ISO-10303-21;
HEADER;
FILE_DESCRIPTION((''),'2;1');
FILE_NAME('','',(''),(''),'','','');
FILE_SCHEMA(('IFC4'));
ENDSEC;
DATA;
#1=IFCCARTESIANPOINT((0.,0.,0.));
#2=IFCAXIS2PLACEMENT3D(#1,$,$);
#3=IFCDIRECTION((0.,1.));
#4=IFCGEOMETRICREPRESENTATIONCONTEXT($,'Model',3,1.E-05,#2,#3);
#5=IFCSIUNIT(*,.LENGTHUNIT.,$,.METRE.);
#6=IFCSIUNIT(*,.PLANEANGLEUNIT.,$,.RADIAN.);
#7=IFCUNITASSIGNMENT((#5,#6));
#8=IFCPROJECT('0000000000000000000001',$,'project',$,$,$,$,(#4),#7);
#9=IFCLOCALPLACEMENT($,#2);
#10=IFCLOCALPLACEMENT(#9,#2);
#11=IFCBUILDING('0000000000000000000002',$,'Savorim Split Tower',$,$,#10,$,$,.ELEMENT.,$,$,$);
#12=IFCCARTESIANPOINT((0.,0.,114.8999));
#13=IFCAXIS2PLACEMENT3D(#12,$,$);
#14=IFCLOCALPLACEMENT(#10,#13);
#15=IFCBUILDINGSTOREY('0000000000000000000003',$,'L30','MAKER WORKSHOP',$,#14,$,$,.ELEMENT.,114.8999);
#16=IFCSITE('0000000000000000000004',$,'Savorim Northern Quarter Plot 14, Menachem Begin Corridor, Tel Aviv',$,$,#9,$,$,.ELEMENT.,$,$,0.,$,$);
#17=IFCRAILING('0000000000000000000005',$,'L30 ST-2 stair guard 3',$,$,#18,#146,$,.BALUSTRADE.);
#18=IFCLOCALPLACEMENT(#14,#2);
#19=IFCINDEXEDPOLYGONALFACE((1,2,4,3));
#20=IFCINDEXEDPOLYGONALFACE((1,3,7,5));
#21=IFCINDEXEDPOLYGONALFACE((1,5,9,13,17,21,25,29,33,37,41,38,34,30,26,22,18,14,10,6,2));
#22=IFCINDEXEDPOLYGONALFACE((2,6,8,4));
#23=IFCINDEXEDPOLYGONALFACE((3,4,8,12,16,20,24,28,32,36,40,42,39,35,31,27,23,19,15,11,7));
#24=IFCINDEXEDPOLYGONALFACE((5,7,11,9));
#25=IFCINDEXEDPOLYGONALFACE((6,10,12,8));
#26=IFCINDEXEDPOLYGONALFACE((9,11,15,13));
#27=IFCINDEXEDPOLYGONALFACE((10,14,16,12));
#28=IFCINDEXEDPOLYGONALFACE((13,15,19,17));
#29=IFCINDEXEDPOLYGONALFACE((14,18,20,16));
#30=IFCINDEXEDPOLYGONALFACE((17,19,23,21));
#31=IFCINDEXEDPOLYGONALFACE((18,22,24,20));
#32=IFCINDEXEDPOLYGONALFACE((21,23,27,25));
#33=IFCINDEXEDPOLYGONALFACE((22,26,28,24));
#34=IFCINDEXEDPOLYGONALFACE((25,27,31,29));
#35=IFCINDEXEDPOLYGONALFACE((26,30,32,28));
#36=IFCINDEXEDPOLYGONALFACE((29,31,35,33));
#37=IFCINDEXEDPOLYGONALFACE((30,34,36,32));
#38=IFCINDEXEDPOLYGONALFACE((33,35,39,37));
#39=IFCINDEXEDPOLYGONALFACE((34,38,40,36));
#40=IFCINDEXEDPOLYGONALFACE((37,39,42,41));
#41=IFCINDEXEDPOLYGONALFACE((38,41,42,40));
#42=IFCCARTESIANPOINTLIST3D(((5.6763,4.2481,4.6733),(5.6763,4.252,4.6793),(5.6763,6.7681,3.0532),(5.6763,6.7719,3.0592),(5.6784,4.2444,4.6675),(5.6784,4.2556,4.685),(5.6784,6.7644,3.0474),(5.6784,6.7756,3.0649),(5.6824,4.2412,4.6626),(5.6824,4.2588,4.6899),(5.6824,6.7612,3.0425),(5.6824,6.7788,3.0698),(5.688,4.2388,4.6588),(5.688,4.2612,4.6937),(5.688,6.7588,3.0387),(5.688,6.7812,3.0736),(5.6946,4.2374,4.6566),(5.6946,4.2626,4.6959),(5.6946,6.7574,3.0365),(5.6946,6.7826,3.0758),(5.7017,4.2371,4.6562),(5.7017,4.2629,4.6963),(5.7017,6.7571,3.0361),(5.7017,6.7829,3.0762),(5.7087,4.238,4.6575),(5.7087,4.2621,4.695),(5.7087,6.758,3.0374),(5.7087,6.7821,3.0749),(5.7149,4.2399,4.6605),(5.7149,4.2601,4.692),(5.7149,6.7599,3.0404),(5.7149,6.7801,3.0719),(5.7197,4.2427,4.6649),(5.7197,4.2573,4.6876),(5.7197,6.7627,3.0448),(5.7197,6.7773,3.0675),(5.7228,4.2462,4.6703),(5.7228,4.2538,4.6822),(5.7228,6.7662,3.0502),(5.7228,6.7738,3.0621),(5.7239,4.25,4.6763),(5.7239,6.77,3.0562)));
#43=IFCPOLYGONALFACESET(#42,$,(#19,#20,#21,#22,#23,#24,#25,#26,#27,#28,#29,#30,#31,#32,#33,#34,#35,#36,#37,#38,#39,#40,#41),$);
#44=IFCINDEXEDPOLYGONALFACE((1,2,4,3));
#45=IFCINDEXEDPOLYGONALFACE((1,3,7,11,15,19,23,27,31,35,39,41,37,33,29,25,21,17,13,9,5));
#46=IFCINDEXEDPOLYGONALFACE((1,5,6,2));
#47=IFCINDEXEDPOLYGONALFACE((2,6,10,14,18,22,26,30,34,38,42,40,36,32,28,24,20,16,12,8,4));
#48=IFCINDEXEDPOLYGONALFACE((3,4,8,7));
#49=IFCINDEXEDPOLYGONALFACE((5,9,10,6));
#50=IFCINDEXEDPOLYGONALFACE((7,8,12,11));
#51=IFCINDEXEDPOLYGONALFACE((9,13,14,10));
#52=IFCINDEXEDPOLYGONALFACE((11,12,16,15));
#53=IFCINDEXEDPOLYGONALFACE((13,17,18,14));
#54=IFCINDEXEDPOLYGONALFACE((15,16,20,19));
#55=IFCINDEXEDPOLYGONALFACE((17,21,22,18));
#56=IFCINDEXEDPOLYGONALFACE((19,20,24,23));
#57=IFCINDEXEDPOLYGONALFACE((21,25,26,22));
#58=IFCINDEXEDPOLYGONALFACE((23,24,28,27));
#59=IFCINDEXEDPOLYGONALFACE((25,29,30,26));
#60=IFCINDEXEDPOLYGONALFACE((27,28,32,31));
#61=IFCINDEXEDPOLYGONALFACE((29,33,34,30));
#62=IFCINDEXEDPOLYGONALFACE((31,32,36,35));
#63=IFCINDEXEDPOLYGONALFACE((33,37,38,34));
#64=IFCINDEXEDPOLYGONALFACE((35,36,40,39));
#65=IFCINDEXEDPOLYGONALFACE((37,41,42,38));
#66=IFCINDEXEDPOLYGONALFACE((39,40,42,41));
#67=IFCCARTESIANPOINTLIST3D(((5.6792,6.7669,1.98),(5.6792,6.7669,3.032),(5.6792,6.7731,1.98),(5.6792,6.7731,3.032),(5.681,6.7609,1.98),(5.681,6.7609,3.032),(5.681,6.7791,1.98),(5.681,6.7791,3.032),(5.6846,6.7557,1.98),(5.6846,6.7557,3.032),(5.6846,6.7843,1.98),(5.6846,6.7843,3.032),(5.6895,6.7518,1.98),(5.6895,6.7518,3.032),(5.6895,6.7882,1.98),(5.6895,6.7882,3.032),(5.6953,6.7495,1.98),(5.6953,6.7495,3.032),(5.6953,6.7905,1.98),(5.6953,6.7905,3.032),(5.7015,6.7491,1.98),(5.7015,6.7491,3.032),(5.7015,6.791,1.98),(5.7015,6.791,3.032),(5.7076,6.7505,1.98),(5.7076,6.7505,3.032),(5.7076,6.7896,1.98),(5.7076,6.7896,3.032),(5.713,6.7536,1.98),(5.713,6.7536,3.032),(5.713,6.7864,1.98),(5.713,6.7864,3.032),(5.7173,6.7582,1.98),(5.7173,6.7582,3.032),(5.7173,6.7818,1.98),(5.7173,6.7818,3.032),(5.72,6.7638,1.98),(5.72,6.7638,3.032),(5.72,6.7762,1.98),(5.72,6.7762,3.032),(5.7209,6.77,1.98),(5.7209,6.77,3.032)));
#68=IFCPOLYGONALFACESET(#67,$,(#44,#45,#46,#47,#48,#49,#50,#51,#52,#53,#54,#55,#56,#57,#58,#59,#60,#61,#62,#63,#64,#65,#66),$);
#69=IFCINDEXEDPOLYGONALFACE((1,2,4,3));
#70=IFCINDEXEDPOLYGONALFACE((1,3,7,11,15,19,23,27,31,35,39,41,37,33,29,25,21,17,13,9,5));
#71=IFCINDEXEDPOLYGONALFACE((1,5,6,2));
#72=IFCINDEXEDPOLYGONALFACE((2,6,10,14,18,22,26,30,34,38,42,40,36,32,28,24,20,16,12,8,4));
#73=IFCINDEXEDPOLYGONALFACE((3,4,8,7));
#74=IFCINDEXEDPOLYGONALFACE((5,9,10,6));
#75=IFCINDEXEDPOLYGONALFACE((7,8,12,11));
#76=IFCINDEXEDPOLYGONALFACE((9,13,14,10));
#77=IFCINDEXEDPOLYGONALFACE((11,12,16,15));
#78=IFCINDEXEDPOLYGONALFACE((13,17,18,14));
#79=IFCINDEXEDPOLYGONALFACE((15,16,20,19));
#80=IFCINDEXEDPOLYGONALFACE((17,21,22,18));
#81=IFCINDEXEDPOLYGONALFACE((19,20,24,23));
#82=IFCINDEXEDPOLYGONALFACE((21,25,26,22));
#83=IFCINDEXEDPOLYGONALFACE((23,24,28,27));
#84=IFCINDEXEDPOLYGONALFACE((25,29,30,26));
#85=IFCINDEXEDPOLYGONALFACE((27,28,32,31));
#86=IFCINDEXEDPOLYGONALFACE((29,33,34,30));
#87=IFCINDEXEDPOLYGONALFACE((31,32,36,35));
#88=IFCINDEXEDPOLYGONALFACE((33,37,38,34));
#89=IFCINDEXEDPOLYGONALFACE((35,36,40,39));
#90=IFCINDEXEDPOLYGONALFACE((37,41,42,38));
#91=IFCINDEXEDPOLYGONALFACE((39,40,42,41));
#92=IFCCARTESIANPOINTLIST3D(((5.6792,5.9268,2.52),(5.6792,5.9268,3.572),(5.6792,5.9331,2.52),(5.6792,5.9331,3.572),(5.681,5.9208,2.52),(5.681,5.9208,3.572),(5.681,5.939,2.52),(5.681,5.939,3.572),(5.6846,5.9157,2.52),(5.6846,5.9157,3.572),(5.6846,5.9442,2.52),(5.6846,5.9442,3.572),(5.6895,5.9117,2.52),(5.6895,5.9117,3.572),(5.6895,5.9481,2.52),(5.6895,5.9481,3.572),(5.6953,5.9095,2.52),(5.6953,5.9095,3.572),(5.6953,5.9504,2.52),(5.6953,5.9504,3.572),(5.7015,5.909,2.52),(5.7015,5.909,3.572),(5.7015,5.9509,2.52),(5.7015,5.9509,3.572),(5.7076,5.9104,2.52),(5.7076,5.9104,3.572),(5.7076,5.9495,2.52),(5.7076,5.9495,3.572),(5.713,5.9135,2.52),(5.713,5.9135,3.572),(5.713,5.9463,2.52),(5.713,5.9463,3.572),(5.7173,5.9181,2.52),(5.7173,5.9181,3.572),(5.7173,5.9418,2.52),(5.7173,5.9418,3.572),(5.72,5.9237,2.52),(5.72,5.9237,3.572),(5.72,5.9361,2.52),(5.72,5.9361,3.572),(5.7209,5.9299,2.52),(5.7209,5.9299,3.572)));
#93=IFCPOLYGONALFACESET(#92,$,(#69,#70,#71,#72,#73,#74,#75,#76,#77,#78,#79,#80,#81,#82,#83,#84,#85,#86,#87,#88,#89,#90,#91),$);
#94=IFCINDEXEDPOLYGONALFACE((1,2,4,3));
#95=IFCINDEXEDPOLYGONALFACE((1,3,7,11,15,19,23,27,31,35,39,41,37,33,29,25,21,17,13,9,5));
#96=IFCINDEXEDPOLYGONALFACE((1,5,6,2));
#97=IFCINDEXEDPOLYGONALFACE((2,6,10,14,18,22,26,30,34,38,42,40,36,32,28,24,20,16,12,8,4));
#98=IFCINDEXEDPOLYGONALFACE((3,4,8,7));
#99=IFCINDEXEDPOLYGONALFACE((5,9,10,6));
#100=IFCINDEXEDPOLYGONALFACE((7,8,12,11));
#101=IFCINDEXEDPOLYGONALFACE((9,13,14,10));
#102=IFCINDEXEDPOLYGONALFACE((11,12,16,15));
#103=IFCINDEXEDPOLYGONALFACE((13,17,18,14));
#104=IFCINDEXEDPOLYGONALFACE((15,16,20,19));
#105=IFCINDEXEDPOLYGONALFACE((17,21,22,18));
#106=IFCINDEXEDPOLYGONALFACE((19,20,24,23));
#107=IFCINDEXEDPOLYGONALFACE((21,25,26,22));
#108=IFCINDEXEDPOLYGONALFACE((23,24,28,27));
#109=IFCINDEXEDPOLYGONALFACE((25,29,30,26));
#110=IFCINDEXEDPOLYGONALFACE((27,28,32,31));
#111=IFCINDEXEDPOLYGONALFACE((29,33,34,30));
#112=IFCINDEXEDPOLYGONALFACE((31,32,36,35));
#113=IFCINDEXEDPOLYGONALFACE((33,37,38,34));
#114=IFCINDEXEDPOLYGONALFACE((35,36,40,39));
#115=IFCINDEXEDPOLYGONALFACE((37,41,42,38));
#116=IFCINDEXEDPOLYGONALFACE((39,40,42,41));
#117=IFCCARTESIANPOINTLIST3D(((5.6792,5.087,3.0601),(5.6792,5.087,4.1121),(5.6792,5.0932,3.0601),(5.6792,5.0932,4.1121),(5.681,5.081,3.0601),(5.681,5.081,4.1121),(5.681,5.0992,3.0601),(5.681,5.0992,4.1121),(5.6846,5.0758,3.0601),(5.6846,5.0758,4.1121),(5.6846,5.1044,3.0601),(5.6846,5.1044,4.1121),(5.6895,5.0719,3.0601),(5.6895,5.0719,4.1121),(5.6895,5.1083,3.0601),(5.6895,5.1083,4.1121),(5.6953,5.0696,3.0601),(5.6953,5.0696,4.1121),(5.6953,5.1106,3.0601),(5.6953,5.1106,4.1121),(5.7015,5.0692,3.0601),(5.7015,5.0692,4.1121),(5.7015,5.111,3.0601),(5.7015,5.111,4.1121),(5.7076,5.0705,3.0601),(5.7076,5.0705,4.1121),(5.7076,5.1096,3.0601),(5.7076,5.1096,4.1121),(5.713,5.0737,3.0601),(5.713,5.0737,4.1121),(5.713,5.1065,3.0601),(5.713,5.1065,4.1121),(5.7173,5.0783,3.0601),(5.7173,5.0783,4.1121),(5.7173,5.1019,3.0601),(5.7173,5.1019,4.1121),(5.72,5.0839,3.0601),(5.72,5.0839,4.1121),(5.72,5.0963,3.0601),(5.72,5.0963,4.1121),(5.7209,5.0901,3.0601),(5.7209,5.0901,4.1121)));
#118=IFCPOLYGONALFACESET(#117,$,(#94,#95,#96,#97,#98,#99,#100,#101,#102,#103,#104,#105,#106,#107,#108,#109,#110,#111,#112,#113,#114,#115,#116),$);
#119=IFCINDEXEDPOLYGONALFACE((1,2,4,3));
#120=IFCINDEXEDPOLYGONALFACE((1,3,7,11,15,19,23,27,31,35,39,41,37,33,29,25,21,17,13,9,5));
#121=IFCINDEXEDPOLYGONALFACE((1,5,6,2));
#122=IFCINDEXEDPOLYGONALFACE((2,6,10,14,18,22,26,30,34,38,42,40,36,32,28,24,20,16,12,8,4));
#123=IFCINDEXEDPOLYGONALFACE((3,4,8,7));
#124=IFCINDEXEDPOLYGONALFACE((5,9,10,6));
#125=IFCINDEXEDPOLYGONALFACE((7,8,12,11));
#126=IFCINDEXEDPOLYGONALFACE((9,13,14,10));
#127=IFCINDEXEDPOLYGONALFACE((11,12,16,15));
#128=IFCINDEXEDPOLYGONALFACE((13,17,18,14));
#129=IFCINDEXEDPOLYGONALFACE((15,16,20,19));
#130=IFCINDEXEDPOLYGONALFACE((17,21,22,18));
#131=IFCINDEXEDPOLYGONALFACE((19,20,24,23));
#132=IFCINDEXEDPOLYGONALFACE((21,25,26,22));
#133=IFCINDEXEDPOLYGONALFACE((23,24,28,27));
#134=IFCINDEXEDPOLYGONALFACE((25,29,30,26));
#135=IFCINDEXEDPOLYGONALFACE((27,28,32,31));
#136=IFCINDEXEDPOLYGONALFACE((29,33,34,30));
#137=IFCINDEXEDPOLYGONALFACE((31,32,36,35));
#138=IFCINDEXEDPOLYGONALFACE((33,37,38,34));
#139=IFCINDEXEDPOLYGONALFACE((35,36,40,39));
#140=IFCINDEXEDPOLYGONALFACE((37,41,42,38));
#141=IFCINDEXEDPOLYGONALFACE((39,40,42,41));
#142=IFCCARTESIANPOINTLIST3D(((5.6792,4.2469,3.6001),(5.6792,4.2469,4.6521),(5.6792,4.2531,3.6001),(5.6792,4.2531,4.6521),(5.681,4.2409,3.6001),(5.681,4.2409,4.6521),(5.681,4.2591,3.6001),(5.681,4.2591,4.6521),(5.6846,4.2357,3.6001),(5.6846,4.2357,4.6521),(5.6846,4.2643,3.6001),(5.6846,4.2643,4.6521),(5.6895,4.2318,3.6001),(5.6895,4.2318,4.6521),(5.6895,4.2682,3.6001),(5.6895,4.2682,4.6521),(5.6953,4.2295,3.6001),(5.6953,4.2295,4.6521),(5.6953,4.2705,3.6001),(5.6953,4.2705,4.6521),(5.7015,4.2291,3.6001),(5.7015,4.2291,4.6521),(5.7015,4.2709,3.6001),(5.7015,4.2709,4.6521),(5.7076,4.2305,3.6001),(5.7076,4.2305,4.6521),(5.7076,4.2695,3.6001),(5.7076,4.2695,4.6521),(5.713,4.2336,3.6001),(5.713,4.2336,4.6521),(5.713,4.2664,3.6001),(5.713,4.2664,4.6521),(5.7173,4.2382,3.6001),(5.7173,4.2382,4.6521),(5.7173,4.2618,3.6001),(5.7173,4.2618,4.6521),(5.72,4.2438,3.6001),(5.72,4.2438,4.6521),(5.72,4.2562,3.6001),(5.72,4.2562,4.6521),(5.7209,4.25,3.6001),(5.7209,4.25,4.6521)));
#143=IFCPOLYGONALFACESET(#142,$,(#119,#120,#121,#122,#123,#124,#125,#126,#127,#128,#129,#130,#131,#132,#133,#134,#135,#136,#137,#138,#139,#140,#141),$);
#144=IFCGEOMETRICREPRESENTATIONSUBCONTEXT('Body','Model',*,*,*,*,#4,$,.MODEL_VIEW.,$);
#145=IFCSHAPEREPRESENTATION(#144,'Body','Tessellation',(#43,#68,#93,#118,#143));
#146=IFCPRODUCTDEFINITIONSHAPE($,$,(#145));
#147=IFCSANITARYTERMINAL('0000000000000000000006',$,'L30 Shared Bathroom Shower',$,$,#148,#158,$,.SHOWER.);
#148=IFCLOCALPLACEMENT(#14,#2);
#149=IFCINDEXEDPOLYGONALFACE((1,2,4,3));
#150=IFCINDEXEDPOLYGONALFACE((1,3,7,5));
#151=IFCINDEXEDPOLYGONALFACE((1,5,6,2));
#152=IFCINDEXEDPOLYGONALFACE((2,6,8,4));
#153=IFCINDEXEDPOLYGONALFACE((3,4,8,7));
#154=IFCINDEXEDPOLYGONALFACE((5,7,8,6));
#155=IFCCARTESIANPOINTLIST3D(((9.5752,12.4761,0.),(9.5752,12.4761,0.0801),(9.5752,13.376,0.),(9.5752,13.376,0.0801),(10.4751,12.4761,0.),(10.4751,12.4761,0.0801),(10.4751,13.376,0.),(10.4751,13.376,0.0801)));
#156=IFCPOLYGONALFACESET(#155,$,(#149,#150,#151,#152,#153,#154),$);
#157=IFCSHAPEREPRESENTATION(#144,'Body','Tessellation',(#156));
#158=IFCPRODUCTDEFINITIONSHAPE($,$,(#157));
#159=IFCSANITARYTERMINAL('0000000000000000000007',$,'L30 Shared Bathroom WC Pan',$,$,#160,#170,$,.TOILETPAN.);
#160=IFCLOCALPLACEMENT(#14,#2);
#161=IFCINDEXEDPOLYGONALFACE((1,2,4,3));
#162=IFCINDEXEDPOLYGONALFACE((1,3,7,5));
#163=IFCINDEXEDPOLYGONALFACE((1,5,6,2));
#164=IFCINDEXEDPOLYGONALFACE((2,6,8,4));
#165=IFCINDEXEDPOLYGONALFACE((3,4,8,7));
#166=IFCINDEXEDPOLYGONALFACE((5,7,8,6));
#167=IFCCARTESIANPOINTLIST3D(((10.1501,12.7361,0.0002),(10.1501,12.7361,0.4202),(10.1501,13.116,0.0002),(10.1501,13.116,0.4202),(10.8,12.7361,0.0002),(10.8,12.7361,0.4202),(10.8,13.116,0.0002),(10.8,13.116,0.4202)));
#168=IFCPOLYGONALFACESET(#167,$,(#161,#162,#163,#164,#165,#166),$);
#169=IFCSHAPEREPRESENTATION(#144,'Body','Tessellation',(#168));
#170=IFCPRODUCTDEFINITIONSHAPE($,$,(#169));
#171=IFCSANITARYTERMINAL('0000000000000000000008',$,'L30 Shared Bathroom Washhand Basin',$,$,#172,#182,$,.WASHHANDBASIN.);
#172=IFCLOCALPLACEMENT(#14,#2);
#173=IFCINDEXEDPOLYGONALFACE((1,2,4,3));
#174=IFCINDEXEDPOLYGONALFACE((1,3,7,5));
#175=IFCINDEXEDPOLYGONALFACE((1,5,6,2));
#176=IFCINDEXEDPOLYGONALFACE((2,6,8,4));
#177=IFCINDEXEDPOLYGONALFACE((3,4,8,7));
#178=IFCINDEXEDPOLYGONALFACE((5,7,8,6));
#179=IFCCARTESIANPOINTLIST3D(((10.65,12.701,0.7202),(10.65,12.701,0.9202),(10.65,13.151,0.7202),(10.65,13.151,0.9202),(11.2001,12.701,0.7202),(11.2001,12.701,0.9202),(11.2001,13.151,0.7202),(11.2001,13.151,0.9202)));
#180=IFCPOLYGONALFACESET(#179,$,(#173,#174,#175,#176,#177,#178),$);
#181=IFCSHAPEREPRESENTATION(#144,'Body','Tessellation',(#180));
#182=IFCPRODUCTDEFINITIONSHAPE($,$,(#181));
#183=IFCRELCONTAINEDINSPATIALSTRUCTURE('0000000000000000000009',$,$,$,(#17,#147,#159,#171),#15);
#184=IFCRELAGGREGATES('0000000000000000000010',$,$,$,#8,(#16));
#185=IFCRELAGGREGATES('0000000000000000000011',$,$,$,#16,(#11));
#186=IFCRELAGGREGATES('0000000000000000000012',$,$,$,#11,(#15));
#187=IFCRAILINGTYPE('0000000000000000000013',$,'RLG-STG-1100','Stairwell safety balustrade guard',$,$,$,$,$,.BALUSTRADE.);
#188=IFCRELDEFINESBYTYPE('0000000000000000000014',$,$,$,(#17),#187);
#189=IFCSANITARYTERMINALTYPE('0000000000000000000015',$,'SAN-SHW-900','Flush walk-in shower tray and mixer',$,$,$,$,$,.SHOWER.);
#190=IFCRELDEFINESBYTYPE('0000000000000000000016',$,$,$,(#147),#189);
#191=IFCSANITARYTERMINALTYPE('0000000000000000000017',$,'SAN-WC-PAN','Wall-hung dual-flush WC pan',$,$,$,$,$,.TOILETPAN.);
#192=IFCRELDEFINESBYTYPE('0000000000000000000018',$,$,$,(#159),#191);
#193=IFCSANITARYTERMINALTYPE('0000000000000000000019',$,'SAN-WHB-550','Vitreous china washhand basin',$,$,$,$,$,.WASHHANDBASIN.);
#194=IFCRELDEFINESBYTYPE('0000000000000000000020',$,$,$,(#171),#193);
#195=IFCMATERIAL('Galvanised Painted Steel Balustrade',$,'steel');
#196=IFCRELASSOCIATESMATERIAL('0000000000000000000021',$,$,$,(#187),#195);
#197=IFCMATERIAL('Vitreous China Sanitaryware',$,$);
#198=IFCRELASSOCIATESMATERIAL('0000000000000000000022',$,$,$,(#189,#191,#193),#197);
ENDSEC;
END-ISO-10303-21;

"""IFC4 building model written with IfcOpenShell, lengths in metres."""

from ifc_helpers import new_model, si_unit, direction, frame, origin, origin_2d, place, context, subcontext, project, spatial, rectangle, circle, extrude, material, type_object, element, save


model = new_model("IFC4")

# Units and contexts
model_context = context("Model", 3, precision=1e-05, world=origin(), true_north=direction((0.0, 1.0)))
body_context = subcontext(model_context, "Body", "Model", "MODEL_VIEW")
ifc_project = project(units=[si_unit("LENGTHUNIT", "METRE"), si_unit("PLANEANGLEUNIT", "RADIAN")], contexts=[model_context])

# Site, building, storey
site_placement = place(None, origin())
site = spatial("IfcSite", under=ifc_project, at=site_placement, Name="Savorim Northern Quarter Plot 14, Menachem Begin Corridor, Tel Aviv", CompositionType="ELEMENT", RefElevation=0.0)
building_placement = place(site_placement, origin())
building = spatial("IfcBuilding", under=site, at=building_placement, Name="Savorim Split Tower", CompositionType="ELEMENT")
storey_placement = place(building_placement, frame((0.0, 0.0, 114.8999)))
storey = spatial("IfcBuildingStorey", under=building, at=storey_placement, Name="L30", Description="MAKER WORKSHOP", CompositionType="ELEMENT", Elevation=114.8999)

# Railing
ifc_material_1 = material(Name="Galvanised Painted Steel Balustrade", Category="steel")
railing_type = type_object("IfcRailingType", Name="RLG-STG-1100", Description="Stairwell safety balustrade guard", PredefinedType="BALUSTRADE", material=ifc_material_1)
railing_1_placement = place(storey_placement, frame((5.7, 6.77, 1.98)))
element("IfcRailing", 1, at=railing_1_placement, inside=storey, type_object=railing_type, Name="L30 ST-2 stair guard 3", PredefinedType="BALUSTRADE", context=body_context, shape_type="SweptSolid", body=[
    extrude(circle(Radius=0.0239, at=origin_2d()), frame((0.0, 0.0, 1.0762), z_axis=(0.0, -0.841163, 0.540782), x_axis=(1.0, 0.0, 0.0)), (0.0, 0.0, 1.0), 2.9958),
    extrude(circle(Radius=0.021, at=origin_2d()), origin(), (0.0, 0.0, 1.0), 1.052),
    extrude(circle(Radius=0.021, at=origin_2d()), frame((0.0, -0.8401, 0.54)), (0.0, 0.0, 1.0), 1.052),
    extrude(circle(Radius=0.021, at=origin_2d()), frame((0.0, -1.6799, 1.0801)), (0.0, 0.0, 1.0), 1.052),
    extrude(circle(Radius=0.021, at=origin_2d()), frame((0.0, -2.52, 1.6201)), (0.0, 0.0, 1.0), 1.052),
])

# Sanitary terminals
ifc_material_2 = material(Name="Vitreous China Sanitaryware")
sanitary_terminal_type_1 = type_object("IfcSanitaryTerminalType", Name="SAN-SHW-900", Description="Flush walk-in shower tray and mixer", PredefinedType="SHOWER", material=ifc_material_2)
sanitary_terminal_1_placement = place(storey_placement, frame((10.0251, 12.926, 0.0), z_axis=(0.0, 0.0, 1.0), x_axis=(1.0, 0.0, 0.0)))
element("IfcSanitaryTerminal", 2, at=sanitary_terminal_1_placement, inside=storey, type_object=sanitary_terminal_type_1, Name="L30 Shared Bathroom Shower", PredefinedType="SHOWER", context=body_context, shape_type="SweptSolid", body=[
    extrude(rectangle(XDim=0.8999, YDim=0.8999, at=origin_2d()), origin(), (0.0, 0.0, 1.0), 0.0801),
])
sanitary_terminal_type_2 = type_object("IfcSanitaryTerminalType", Name="SAN-WC-PAN", Description="Wall-hung dual-flush WC pan", PredefinedType="TOILETPAN", material=ifc_material_2)
sanitary_terminal_2_placement = place(storey_placement, frame((10.4751, 12.926, 0.0002), z_axis=(0.0, 0.0, 1.0), x_axis=(1.0, 0.0, 0.0)))
element("IfcSanitaryTerminal", 3, at=sanitary_terminal_2_placement, inside=storey, type_object=sanitary_terminal_type_2, Name="L30 Shared Bathroom WC Pan", PredefinedType="TOILETPAN", context=body_context, shape_type="SweptSolid", body=[
    extrude(rectangle(XDim=0.6499, YDim=0.3799, at=origin_2d()), origin(), (0.0, 0.0, 1.0), 0.4199),
])
sanitary_terminal_type_3 = type_object("IfcSanitaryTerminalType", Name="SAN-WHB-550", Description="Vitreous china washhand basin", PredefinedType="WASHHANDBASIN", material=ifc_material_2)
sanitary_terminal_3_placement = place(storey_placement, frame((10.925, 12.926, 0.7202), z_axis=(0.0, 0.0, 1.0), x_axis=(1.0, 0.0, 0.0)))
element("IfcSanitaryTerminal", 4, at=sanitary_terminal_3_placement, inside=storey, type_object=sanitary_terminal_type_3, Name="L30 Shared Bathroom Washhand Basin", PredefinedType="WASHHANDBASIN", context=body_context, shape_type="SweptSolid", body=[
    extrude(rectangle(XDim=0.55, YDim=0.45, at=origin_2d()), origin(), (0.0, 0.0, 1.0), 0.2),
])

save(model, "model.ifc")
